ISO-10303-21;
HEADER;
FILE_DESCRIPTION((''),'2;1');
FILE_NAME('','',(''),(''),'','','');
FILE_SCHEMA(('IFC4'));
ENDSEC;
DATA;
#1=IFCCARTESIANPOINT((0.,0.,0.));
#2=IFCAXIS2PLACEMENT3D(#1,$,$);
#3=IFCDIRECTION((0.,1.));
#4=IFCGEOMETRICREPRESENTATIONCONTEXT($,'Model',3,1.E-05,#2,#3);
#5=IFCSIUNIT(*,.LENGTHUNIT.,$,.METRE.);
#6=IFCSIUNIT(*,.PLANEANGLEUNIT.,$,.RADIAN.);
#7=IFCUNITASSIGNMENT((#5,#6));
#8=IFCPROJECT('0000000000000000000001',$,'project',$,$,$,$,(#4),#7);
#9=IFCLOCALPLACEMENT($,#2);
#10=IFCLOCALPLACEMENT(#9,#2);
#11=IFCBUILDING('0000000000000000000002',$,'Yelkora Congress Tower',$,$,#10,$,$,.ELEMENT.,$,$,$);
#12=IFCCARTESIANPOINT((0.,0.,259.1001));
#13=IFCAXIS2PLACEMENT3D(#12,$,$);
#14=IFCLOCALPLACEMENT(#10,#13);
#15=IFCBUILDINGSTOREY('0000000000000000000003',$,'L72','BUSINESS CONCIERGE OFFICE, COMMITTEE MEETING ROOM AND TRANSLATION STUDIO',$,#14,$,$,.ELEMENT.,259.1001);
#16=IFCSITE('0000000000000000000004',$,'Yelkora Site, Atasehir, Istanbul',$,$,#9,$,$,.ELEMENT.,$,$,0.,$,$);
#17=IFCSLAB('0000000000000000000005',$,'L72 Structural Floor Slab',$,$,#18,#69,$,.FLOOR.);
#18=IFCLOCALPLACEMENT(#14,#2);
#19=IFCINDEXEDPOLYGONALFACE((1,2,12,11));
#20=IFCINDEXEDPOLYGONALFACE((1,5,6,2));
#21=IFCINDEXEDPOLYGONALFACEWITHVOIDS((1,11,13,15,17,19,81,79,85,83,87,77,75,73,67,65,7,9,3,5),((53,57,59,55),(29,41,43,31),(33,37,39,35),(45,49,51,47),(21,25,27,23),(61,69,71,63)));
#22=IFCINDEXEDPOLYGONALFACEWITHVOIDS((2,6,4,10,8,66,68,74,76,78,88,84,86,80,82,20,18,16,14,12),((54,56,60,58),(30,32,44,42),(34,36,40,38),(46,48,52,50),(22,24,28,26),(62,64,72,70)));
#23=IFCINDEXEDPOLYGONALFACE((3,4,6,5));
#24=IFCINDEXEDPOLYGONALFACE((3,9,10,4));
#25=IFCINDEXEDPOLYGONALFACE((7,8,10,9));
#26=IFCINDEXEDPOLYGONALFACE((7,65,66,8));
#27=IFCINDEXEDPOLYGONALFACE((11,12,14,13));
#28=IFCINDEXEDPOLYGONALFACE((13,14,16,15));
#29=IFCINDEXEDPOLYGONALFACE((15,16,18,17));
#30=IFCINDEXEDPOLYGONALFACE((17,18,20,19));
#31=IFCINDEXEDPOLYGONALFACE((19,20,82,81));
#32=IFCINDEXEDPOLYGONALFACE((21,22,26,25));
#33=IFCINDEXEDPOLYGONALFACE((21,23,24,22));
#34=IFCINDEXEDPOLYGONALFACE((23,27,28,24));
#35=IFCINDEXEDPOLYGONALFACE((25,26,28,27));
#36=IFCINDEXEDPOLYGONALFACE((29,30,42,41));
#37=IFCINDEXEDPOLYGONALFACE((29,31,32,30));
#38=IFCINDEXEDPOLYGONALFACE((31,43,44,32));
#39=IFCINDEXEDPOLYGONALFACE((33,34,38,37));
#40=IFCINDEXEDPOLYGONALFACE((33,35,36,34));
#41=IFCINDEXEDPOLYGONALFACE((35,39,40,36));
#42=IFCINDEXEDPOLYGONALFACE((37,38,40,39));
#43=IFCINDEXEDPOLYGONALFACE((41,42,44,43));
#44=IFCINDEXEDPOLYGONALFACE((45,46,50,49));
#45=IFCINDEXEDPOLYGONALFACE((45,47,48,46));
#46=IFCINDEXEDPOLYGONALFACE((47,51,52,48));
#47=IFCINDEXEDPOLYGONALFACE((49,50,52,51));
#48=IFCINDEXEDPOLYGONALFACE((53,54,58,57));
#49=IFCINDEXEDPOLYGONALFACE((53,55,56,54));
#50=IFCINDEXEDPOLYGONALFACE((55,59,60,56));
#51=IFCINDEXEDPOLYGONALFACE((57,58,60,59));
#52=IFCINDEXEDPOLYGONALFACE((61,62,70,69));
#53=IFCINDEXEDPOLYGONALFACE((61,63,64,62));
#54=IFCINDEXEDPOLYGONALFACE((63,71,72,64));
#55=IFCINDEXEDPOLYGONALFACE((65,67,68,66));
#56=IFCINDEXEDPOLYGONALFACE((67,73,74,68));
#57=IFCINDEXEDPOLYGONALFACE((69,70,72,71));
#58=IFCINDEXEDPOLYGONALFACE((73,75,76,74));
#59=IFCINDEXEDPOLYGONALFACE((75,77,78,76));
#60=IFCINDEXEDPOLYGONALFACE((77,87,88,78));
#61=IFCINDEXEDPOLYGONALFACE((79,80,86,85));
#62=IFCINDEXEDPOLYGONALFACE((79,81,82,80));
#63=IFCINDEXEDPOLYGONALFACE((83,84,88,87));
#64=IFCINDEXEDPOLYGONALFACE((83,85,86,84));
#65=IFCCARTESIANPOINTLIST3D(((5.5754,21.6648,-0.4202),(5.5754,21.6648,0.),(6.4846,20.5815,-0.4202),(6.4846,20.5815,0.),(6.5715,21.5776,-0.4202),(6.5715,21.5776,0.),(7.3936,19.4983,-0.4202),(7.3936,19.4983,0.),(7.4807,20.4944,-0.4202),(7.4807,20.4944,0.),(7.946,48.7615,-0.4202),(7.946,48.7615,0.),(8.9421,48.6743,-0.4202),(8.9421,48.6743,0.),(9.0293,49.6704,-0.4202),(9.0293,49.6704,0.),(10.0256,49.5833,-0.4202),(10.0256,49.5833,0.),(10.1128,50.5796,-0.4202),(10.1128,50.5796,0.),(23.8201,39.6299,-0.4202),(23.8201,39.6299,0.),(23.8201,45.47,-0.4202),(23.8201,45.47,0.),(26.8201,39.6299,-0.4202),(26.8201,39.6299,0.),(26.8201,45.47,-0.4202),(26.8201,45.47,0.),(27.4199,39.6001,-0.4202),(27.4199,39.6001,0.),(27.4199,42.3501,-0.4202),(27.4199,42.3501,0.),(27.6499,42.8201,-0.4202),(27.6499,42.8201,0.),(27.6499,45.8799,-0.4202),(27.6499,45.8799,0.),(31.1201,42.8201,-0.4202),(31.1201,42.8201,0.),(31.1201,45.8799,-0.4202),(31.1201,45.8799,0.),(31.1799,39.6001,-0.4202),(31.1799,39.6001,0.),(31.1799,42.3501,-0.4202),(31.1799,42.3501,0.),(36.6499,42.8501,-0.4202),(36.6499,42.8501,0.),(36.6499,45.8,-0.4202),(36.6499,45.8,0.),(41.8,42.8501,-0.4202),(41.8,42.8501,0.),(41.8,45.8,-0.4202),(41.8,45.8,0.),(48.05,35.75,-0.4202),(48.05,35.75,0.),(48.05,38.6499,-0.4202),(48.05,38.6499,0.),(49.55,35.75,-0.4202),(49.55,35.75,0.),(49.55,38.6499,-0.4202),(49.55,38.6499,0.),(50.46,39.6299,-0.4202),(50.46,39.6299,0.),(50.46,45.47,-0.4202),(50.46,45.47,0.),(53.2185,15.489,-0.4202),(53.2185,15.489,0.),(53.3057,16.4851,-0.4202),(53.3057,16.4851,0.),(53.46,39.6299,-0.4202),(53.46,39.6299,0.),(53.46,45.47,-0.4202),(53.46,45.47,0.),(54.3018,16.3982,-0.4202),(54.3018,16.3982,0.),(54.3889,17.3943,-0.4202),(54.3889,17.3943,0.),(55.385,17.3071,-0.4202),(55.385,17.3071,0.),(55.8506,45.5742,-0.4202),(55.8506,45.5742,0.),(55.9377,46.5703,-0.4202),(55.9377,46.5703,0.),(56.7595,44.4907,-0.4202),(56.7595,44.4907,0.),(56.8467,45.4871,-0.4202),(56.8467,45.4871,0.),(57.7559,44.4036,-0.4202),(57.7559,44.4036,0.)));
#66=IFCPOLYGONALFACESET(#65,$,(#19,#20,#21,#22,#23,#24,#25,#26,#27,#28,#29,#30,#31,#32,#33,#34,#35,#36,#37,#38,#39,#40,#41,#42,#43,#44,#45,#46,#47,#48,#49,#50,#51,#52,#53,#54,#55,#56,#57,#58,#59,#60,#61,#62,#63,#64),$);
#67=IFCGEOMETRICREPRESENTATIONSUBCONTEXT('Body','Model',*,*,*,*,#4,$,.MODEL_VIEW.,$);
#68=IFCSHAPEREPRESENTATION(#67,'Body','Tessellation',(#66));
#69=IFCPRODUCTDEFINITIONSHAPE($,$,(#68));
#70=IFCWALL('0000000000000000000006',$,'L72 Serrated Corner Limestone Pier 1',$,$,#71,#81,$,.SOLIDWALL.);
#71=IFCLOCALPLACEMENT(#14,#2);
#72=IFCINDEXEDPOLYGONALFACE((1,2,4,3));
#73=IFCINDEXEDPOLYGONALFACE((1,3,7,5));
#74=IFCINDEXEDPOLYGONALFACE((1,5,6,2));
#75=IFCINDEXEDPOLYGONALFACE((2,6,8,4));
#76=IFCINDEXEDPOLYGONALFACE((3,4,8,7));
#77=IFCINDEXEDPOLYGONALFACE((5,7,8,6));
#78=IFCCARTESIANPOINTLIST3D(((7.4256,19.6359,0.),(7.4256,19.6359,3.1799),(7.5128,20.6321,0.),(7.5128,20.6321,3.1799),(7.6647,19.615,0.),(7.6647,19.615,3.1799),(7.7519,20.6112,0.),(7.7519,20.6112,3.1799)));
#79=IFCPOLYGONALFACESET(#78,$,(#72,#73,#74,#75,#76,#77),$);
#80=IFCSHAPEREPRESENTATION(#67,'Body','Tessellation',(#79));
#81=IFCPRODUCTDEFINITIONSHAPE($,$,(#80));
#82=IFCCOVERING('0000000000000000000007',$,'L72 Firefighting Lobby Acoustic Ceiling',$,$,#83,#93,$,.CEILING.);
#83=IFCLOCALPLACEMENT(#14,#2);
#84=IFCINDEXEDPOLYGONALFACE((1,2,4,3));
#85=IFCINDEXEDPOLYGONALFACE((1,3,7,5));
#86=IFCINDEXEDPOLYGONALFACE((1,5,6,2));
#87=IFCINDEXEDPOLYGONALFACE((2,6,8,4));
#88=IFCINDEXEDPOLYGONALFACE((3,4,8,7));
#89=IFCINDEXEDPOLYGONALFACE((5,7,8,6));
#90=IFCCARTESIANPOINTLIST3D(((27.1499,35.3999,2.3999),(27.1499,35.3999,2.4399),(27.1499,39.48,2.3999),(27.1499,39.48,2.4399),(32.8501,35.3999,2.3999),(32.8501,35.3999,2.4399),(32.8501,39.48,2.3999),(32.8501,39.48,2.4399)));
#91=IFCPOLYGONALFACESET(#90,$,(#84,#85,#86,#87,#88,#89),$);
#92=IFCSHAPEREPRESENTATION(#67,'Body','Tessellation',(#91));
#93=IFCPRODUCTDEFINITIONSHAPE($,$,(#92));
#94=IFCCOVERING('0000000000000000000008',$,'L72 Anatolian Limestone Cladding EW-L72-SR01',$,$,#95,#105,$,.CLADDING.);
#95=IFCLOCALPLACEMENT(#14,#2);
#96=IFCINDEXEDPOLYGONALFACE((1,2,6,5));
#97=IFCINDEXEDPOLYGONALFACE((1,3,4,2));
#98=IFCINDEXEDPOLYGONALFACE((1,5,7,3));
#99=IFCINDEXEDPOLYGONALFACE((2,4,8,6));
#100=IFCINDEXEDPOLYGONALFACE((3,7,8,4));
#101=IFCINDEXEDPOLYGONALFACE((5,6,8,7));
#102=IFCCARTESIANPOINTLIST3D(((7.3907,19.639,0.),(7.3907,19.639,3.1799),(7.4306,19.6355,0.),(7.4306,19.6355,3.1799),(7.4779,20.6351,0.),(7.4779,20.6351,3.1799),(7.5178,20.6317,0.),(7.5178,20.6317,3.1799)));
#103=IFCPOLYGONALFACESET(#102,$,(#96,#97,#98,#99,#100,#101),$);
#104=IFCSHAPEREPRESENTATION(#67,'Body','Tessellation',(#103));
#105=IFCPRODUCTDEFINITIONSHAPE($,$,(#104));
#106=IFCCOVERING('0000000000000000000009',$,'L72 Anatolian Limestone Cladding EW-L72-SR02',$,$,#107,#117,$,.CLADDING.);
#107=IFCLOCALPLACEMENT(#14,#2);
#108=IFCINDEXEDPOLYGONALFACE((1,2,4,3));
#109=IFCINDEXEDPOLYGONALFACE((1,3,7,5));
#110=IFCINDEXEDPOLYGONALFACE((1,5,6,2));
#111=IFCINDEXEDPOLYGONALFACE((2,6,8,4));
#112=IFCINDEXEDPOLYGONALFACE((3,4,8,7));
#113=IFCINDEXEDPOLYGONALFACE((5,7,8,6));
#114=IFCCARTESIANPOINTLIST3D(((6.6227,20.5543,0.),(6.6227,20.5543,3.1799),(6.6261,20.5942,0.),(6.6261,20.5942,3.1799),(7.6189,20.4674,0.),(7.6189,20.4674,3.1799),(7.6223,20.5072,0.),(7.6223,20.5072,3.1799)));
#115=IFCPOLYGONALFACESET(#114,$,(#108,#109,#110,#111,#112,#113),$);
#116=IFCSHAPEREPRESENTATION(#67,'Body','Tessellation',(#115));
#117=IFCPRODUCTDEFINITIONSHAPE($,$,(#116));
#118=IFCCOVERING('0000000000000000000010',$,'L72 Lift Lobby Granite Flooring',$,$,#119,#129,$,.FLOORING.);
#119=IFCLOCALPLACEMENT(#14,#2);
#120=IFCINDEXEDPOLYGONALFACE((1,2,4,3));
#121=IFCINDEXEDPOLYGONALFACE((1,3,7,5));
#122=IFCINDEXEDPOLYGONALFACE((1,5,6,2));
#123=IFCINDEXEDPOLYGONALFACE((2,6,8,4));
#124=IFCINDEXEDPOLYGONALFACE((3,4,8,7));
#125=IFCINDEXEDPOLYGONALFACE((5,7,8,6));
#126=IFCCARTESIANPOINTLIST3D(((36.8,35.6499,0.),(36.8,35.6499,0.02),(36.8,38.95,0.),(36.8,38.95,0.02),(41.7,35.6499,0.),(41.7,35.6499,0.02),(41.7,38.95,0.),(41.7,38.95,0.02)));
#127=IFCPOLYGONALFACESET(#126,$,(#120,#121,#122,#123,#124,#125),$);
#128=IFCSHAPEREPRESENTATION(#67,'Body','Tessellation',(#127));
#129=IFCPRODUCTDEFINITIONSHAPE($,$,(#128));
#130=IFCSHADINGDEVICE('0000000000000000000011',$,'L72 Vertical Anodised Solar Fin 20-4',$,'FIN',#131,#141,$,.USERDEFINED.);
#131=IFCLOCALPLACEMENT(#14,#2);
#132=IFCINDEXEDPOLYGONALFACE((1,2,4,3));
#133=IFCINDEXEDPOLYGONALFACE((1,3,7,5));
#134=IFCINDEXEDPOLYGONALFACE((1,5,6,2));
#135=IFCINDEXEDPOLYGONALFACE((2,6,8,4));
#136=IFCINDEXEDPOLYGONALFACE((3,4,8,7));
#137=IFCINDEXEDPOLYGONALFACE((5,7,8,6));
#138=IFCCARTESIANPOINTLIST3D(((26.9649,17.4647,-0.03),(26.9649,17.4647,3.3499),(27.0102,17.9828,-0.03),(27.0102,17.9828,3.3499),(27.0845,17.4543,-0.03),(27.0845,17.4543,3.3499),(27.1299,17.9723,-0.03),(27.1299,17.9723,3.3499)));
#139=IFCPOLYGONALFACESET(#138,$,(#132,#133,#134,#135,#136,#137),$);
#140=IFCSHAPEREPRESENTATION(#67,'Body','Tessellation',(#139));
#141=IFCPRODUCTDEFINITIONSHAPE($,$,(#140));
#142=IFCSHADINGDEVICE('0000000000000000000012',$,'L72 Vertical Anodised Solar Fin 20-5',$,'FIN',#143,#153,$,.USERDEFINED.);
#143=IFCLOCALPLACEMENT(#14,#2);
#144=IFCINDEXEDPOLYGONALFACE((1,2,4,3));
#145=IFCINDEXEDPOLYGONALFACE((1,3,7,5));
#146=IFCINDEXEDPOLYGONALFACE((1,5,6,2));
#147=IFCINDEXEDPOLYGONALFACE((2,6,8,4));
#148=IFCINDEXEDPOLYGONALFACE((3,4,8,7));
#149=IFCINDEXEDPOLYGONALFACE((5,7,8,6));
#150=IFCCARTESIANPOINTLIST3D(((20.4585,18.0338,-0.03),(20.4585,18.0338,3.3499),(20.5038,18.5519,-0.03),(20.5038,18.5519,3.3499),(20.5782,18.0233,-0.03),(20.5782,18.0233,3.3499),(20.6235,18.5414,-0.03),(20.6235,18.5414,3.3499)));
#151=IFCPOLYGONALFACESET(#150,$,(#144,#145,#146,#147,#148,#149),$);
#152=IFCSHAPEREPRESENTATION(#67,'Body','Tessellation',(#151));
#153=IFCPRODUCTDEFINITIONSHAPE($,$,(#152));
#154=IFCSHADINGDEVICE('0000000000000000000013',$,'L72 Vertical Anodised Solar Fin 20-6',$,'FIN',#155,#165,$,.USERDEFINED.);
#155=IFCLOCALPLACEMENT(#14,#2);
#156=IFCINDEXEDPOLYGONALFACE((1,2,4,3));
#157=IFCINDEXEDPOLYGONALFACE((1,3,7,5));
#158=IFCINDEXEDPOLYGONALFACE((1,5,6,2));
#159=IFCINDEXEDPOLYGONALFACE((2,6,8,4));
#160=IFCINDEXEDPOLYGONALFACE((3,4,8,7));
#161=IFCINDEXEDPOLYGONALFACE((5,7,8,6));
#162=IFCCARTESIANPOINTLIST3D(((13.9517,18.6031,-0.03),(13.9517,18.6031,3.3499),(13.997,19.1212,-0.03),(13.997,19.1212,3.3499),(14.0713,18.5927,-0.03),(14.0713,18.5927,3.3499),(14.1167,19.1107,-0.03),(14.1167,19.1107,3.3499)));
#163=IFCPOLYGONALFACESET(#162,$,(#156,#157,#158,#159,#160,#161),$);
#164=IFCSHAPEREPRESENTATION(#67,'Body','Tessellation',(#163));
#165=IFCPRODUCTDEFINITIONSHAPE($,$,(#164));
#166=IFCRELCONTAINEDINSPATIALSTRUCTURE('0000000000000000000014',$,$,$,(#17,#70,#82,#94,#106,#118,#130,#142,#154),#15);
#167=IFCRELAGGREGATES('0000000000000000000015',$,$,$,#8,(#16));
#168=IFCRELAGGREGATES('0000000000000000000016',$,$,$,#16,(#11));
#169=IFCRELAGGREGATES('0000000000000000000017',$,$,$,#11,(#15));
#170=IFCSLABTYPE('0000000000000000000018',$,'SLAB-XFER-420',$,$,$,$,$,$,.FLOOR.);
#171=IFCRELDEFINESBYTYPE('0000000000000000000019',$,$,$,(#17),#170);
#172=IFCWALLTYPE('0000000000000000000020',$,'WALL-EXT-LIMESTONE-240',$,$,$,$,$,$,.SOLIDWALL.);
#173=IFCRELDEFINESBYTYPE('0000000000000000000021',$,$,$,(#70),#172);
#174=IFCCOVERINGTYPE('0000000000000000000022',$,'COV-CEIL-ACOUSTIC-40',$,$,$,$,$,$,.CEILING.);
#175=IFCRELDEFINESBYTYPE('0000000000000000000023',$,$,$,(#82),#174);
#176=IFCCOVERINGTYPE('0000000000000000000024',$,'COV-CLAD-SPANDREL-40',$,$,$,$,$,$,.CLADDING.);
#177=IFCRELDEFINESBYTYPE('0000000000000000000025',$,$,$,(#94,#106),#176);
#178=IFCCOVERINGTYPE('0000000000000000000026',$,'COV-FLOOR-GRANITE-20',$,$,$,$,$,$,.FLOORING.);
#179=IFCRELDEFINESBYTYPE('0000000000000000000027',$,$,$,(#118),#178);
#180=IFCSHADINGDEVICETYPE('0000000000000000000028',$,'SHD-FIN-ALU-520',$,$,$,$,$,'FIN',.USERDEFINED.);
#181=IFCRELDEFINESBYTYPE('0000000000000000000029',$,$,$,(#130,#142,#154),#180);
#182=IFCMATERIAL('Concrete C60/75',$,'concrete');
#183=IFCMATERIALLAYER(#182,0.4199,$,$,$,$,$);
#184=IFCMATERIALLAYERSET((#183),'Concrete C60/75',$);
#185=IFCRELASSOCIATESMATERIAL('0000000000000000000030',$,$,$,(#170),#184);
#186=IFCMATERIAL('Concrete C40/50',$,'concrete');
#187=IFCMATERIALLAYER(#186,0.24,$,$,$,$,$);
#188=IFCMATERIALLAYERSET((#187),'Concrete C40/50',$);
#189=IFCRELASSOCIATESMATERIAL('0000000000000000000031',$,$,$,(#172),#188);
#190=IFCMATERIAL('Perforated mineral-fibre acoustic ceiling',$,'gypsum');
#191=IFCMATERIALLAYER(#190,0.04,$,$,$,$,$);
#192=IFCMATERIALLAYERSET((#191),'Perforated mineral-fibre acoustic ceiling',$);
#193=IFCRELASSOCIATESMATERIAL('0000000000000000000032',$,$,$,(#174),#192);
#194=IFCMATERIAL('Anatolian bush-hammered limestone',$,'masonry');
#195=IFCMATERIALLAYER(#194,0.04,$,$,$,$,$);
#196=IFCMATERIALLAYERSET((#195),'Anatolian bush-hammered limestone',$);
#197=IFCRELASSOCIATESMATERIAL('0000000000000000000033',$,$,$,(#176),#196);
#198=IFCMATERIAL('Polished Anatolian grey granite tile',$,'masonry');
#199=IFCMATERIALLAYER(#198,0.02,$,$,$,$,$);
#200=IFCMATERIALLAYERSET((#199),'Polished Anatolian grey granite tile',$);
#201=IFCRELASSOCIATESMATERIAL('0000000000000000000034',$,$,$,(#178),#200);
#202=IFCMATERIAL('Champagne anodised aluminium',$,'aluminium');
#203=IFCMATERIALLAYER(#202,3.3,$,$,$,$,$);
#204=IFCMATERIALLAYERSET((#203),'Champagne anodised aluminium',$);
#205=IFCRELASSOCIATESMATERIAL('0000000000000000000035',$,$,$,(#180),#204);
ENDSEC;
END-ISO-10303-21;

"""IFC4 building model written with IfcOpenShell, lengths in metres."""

from ifc_helpers import new_model, si_unit, direction, frame, frame_2d, origin, origin_2d, place, context, subcontext, project, spatial, polyline, rectangle, outline, extrude, material, layer, layer_set, type_object, element, save


model = new_model("IFC4")

# Units and contexts
model_context = context("Model", 3, precision=1e-05, world=origin(), true_north=direction((0.0, 1.0)))
body_context = subcontext(model_context, "Body", "Model", "MODEL_VIEW")
ifc_project = project(units=[si_unit("LENGTHUNIT", "METRE"), si_unit("PLANEANGLEUNIT", "RADIAN")], contexts=[model_context])

# Site, building, storey
site_placement = place(None, origin())
site = spatial("IfcSite", under=ifc_project, at=site_placement, Name="Yelkora Site, Atasehir, Istanbul", CompositionType="ELEMENT", RefElevation=0.0)
building_placement = place(site_placement, origin())
building = spatial("IfcBuilding", under=site, at=building_placement, Name="Yelkora Congress Tower", CompositionType="ELEMENT")
storey_placement = place(building_placement, frame((0.0, 0.0, 259.1001)))
storey = spatial("IfcBuildingStorey", under=building, at=storey_placement, Name="L72", Description="BUSINESS CONCIERGE OFFICE, COMMITTEE MEETING ROOM AND TRANSLATION STUDIO", CompositionType="ELEMENT", Elevation=259.1001)

# Shared definitions
ifc_material_1 = material(Name="Concrete C40/50", Category="concrete")

# Slab
ifc_material_2 = material(Name="Concrete C60/75", Category="concrete")
ifc_layer_1 = layer(ifc_material_2, 0.4199)
ifc_layer_set_1 = layer_set([ifc_layer_1], Name="Concrete C60/75")
slab_type_1 = type_object("IfcSlabType", Name="SLAB-XFER-420", PredefinedType="FLOOR", material=ifc_layer_set_1)
slab_1_placement = place(storey_placement, frame((0.0, 0.0, -0.4202)))
element("IfcSlab", 1, at=slab_1_placement, inside=storey, type_object=slab_type_1, Name="L72 Structural Floor Slab", PredefinedType="FLOOR", context=body_context, shape_type="SweptSolid", body=[
    extrude(outline(polyline([(7.3936, 19.4983), (53.2185, 15.489), (53.3057, 16.4851), (54.3018, 16.3982), (54.3889, 17.3943), (55.385, 17.3071), (57.7559, 44.4036), (56.7595, 44.4907), (56.8467, 45.4871), (55.8506, 45.5742), (55.9377, 46.5703), (10.1128, 50.5796), (10.0256, 49.5833), (9.0293, 49.6704), (8.9421, 48.6743), (7.946, 48.7615), (5.5754, 21.6648), (6.5715, 21.5776), (6.4846, 20.5815), (7.4807, 20.4944), (7.3936, 19.4983)]), holes=[polyline([(23.8201, 39.6299), (26.8201, 39.6299), (26.8201, 45.47), (23.8201, 45.47), (23.8201, 39.6299)]), polyline([(50.46, 39.6299), (53.46, 39.6299), (53.46, 45.47), (50.46, 45.47), (50.46, 39.6299)]), polyline([(48.05, 35.75), (49.55, 35.75), (49.55, 38.6499), (48.05, 38.6499), (48.05, 35.75)]), polyline([(36.6499, 42.8501), (41.8, 42.8501), (41.8, 45.8), (36.6499, 45.8), (36.6499, 42.8501)]), polyline([(27.4199, 39.6001), (31.1799, 39.6001), (31.1799, 42.3501), (27.4199, 42.3501), (27.4199, 39.6001)]), polyline([(27.6499, 42.8201), (31.1201, 42.8201), (31.1201, 45.8799), (27.6499, 45.8799), (27.6499, 42.8201)])]), origin(), (0.0, 0.0, 1.0), 0.4202),
])

# Wall
ifc_layer_2 = layer(ifc_material_1, 0.24)
ifc_layer_set_2 = layer_set([ifc_layer_2], Name="Concrete C40/50")
wall_type = type_object("IfcWallType", Name="WALL-EXT-LIMESTONE-240", PredefinedType="SOLIDWALL", material=ifc_layer_set_2)
wall_placement = place(storey_placement, frame((7.5452, 19.6255, 0.0), z_axis=(0.0, 0.0, 1.0), x_axis=(0.087167, 0.996194, 0.0)))
element("IfcWall", 2, at=wall_placement, inside=storey, type_object=wall_type, Name="L72 Serrated Corner Limestone Pier 1", PredefinedType="SOLIDWALL", context=body_context, shape_type="SweptSolid", body=[
    extrude(rectangle(XDim=1.0, YDim=0.24, at=frame_2d((0.5, 0.0))), origin(), (0.0, 0.0, 1.0), 3.1799),
])

# Coverings
ifc_material_3 = material(Name="Perforated mineral-fibre acoustic ceiling", Category="gypsum")
ifc_layer_3 = layer(ifc_material_3, 0.04)
ifc_layer_set_3 = layer_set([ifc_layer_3], Name="Perforated mineral-fibre acoustic ceiling")
covering_type_1 = type_object("IfcCoveringType", Name="COV-CEIL-ACOUSTIC-40", PredefinedType="CEILING", material=ifc_layer_set_3)
covering_1_placement = place(storey_placement, frame((0.0, 0.0, 2.3999)))
element("IfcCovering", 3, at=covering_1_placement, inside=storey, type_object=covering_type_1, Name="L72 Firefighting Lobby Acoustic Ceiling", PredefinedType="CEILING", context=body_context, shape_type="SweptSolid", body=[
    extrude(outline(polyline([(27.1499, 35.3999), (32.8501, 35.3999), (32.8501, 39.48), (27.1499, 39.48), (27.1499, 35.3999)])), origin(), (0.0, 0.0, 1.0), 0.04),
])
ifc_material_4 = material(Name="Anatolian bush-hammered limestone", Category="masonry")
ifc_layer_4 = layer(ifc_material_4, 0.04)
ifc_layer_set_4 = layer_set([ifc_layer_4], Name="Anatolian bush-hammered limestone")
covering_type_2 = type_object("IfcCoveringType", Name="COV-CLAD-SPANDREL-40", PredefinedType="CLADDING", material=ifc_layer_set_4)
for number, where, z_axis, x_axis, name in (
    (4, (7.4106, 19.6372, 0.0), (0.0, 0.0, 1.0), (0.087167, 0.996194, 0.0), "L72 Anatolian Limestone Cladding EW-L72-SR01"),
    (5, (7.6206, 20.4873, 0.0), (0.0, 0.0, 1.0), (-0.996215, 0.086925, 0.0), "L72 Anatolian Limestone Cladding EW-L72-SR02"),
):
    element("IfcCovering", number, at=place(storey_placement, frame(where, z_axis=z_axis, x_axis=x_axis)), inside=storey, type_object=covering_type_2, Name=name, PredefinedType="CLADDING", context=body_context, shape_type="SweptSolid", body=[
        extrude(rectangle(XDim=1.0, YDim=0.04, at=frame_2d((0.5, 0.0))), origin(), (0.0, 0.0, 1.0), 3.1799),
    ])
ifc_material_5 = material(Name="Polished Anatolian grey granite tile", Category="masonry")
ifc_layer_5 = layer(ifc_material_5, 0.02)
ifc_layer_set_5 = layer_set([ifc_layer_5], Name="Polished Anatolian grey granite tile")
covering_type_3 = type_object("IfcCoveringType", Name="COV-FLOOR-GRANITE-20", PredefinedType="FLOORING", material=ifc_layer_set_5)
covering_2_placement = place(storey_placement, origin())
element("IfcCovering", 6, at=covering_2_placement, inside=storey, type_object=covering_type_3, Name="L72 Lift Lobby Granite Flooring", PredefinedType="FLOORING", context=body_context, shape_type="SweptSolid", body=[
    extrude(outline(polyline([(36.8, 35.6499), (41.7, 35.6499), (41.7, 38.95), (36.8, 38.95), (36.8, 35.6499)])), origin(), (0.0, 0.0, 1.0), 0.02),
])

# Shading devices
ifc_material_6 = material(Name="Champagne anodised aluminium", Category="aluminium")
ifc_layer_6 = layer(ifc_material_6, 3.3)
ifc_layer_set_6 = layer_set([ifc_layer_6], Name="Champagne anodised aluminium")
shading_device_type = type_object("IfcShadingDeviceType", Name="SHD-FIN-ALU-520", ElementType="FIN", PredefinedType="USERDEFINED", material=ifc_layer_set_6)
for number, where, z_axis, x_axis, name in (
    (7, (27.0474, 17.7185, -0.03), (0.0, 0.0, 1.0), (-0.996195, 0.087156, 0.0), "L72 Vertical Anodised Solar Fin 20-4"),
    (8, (20.541, 18.2876, -0.03), (0.0, 0.0, 1.0), (-0.996195, 0.087156, 0.0), "L72 Vertical Anodised Solar Fin 20-5"),
    (9, (14.0342, 18.8569, -0.03), (0.0, 0.0, 1.0), (-0.996195, 0.087156, 0.0), "L72 Vertical Anodised Solar Fin 20-6"),
):
    element("IfcShadingDevice", number, at=place(storey_placement, frame(where, z_axis=z_axis, x_axis=x_axis)), inside=storey, type_object=shading_device_type, Name=name, ObjectType="FIN", PredefinedType="USERDEFINED", context=body_context, shape_type="SweptSolid", body=[
        extrude(rectangle(XDim=0.1201, YDim=0.52, at=origin_2d()), origin(), (0.0, 0.0, 1.0), 3.3799),
    ])

save(model, "model.ifc")
